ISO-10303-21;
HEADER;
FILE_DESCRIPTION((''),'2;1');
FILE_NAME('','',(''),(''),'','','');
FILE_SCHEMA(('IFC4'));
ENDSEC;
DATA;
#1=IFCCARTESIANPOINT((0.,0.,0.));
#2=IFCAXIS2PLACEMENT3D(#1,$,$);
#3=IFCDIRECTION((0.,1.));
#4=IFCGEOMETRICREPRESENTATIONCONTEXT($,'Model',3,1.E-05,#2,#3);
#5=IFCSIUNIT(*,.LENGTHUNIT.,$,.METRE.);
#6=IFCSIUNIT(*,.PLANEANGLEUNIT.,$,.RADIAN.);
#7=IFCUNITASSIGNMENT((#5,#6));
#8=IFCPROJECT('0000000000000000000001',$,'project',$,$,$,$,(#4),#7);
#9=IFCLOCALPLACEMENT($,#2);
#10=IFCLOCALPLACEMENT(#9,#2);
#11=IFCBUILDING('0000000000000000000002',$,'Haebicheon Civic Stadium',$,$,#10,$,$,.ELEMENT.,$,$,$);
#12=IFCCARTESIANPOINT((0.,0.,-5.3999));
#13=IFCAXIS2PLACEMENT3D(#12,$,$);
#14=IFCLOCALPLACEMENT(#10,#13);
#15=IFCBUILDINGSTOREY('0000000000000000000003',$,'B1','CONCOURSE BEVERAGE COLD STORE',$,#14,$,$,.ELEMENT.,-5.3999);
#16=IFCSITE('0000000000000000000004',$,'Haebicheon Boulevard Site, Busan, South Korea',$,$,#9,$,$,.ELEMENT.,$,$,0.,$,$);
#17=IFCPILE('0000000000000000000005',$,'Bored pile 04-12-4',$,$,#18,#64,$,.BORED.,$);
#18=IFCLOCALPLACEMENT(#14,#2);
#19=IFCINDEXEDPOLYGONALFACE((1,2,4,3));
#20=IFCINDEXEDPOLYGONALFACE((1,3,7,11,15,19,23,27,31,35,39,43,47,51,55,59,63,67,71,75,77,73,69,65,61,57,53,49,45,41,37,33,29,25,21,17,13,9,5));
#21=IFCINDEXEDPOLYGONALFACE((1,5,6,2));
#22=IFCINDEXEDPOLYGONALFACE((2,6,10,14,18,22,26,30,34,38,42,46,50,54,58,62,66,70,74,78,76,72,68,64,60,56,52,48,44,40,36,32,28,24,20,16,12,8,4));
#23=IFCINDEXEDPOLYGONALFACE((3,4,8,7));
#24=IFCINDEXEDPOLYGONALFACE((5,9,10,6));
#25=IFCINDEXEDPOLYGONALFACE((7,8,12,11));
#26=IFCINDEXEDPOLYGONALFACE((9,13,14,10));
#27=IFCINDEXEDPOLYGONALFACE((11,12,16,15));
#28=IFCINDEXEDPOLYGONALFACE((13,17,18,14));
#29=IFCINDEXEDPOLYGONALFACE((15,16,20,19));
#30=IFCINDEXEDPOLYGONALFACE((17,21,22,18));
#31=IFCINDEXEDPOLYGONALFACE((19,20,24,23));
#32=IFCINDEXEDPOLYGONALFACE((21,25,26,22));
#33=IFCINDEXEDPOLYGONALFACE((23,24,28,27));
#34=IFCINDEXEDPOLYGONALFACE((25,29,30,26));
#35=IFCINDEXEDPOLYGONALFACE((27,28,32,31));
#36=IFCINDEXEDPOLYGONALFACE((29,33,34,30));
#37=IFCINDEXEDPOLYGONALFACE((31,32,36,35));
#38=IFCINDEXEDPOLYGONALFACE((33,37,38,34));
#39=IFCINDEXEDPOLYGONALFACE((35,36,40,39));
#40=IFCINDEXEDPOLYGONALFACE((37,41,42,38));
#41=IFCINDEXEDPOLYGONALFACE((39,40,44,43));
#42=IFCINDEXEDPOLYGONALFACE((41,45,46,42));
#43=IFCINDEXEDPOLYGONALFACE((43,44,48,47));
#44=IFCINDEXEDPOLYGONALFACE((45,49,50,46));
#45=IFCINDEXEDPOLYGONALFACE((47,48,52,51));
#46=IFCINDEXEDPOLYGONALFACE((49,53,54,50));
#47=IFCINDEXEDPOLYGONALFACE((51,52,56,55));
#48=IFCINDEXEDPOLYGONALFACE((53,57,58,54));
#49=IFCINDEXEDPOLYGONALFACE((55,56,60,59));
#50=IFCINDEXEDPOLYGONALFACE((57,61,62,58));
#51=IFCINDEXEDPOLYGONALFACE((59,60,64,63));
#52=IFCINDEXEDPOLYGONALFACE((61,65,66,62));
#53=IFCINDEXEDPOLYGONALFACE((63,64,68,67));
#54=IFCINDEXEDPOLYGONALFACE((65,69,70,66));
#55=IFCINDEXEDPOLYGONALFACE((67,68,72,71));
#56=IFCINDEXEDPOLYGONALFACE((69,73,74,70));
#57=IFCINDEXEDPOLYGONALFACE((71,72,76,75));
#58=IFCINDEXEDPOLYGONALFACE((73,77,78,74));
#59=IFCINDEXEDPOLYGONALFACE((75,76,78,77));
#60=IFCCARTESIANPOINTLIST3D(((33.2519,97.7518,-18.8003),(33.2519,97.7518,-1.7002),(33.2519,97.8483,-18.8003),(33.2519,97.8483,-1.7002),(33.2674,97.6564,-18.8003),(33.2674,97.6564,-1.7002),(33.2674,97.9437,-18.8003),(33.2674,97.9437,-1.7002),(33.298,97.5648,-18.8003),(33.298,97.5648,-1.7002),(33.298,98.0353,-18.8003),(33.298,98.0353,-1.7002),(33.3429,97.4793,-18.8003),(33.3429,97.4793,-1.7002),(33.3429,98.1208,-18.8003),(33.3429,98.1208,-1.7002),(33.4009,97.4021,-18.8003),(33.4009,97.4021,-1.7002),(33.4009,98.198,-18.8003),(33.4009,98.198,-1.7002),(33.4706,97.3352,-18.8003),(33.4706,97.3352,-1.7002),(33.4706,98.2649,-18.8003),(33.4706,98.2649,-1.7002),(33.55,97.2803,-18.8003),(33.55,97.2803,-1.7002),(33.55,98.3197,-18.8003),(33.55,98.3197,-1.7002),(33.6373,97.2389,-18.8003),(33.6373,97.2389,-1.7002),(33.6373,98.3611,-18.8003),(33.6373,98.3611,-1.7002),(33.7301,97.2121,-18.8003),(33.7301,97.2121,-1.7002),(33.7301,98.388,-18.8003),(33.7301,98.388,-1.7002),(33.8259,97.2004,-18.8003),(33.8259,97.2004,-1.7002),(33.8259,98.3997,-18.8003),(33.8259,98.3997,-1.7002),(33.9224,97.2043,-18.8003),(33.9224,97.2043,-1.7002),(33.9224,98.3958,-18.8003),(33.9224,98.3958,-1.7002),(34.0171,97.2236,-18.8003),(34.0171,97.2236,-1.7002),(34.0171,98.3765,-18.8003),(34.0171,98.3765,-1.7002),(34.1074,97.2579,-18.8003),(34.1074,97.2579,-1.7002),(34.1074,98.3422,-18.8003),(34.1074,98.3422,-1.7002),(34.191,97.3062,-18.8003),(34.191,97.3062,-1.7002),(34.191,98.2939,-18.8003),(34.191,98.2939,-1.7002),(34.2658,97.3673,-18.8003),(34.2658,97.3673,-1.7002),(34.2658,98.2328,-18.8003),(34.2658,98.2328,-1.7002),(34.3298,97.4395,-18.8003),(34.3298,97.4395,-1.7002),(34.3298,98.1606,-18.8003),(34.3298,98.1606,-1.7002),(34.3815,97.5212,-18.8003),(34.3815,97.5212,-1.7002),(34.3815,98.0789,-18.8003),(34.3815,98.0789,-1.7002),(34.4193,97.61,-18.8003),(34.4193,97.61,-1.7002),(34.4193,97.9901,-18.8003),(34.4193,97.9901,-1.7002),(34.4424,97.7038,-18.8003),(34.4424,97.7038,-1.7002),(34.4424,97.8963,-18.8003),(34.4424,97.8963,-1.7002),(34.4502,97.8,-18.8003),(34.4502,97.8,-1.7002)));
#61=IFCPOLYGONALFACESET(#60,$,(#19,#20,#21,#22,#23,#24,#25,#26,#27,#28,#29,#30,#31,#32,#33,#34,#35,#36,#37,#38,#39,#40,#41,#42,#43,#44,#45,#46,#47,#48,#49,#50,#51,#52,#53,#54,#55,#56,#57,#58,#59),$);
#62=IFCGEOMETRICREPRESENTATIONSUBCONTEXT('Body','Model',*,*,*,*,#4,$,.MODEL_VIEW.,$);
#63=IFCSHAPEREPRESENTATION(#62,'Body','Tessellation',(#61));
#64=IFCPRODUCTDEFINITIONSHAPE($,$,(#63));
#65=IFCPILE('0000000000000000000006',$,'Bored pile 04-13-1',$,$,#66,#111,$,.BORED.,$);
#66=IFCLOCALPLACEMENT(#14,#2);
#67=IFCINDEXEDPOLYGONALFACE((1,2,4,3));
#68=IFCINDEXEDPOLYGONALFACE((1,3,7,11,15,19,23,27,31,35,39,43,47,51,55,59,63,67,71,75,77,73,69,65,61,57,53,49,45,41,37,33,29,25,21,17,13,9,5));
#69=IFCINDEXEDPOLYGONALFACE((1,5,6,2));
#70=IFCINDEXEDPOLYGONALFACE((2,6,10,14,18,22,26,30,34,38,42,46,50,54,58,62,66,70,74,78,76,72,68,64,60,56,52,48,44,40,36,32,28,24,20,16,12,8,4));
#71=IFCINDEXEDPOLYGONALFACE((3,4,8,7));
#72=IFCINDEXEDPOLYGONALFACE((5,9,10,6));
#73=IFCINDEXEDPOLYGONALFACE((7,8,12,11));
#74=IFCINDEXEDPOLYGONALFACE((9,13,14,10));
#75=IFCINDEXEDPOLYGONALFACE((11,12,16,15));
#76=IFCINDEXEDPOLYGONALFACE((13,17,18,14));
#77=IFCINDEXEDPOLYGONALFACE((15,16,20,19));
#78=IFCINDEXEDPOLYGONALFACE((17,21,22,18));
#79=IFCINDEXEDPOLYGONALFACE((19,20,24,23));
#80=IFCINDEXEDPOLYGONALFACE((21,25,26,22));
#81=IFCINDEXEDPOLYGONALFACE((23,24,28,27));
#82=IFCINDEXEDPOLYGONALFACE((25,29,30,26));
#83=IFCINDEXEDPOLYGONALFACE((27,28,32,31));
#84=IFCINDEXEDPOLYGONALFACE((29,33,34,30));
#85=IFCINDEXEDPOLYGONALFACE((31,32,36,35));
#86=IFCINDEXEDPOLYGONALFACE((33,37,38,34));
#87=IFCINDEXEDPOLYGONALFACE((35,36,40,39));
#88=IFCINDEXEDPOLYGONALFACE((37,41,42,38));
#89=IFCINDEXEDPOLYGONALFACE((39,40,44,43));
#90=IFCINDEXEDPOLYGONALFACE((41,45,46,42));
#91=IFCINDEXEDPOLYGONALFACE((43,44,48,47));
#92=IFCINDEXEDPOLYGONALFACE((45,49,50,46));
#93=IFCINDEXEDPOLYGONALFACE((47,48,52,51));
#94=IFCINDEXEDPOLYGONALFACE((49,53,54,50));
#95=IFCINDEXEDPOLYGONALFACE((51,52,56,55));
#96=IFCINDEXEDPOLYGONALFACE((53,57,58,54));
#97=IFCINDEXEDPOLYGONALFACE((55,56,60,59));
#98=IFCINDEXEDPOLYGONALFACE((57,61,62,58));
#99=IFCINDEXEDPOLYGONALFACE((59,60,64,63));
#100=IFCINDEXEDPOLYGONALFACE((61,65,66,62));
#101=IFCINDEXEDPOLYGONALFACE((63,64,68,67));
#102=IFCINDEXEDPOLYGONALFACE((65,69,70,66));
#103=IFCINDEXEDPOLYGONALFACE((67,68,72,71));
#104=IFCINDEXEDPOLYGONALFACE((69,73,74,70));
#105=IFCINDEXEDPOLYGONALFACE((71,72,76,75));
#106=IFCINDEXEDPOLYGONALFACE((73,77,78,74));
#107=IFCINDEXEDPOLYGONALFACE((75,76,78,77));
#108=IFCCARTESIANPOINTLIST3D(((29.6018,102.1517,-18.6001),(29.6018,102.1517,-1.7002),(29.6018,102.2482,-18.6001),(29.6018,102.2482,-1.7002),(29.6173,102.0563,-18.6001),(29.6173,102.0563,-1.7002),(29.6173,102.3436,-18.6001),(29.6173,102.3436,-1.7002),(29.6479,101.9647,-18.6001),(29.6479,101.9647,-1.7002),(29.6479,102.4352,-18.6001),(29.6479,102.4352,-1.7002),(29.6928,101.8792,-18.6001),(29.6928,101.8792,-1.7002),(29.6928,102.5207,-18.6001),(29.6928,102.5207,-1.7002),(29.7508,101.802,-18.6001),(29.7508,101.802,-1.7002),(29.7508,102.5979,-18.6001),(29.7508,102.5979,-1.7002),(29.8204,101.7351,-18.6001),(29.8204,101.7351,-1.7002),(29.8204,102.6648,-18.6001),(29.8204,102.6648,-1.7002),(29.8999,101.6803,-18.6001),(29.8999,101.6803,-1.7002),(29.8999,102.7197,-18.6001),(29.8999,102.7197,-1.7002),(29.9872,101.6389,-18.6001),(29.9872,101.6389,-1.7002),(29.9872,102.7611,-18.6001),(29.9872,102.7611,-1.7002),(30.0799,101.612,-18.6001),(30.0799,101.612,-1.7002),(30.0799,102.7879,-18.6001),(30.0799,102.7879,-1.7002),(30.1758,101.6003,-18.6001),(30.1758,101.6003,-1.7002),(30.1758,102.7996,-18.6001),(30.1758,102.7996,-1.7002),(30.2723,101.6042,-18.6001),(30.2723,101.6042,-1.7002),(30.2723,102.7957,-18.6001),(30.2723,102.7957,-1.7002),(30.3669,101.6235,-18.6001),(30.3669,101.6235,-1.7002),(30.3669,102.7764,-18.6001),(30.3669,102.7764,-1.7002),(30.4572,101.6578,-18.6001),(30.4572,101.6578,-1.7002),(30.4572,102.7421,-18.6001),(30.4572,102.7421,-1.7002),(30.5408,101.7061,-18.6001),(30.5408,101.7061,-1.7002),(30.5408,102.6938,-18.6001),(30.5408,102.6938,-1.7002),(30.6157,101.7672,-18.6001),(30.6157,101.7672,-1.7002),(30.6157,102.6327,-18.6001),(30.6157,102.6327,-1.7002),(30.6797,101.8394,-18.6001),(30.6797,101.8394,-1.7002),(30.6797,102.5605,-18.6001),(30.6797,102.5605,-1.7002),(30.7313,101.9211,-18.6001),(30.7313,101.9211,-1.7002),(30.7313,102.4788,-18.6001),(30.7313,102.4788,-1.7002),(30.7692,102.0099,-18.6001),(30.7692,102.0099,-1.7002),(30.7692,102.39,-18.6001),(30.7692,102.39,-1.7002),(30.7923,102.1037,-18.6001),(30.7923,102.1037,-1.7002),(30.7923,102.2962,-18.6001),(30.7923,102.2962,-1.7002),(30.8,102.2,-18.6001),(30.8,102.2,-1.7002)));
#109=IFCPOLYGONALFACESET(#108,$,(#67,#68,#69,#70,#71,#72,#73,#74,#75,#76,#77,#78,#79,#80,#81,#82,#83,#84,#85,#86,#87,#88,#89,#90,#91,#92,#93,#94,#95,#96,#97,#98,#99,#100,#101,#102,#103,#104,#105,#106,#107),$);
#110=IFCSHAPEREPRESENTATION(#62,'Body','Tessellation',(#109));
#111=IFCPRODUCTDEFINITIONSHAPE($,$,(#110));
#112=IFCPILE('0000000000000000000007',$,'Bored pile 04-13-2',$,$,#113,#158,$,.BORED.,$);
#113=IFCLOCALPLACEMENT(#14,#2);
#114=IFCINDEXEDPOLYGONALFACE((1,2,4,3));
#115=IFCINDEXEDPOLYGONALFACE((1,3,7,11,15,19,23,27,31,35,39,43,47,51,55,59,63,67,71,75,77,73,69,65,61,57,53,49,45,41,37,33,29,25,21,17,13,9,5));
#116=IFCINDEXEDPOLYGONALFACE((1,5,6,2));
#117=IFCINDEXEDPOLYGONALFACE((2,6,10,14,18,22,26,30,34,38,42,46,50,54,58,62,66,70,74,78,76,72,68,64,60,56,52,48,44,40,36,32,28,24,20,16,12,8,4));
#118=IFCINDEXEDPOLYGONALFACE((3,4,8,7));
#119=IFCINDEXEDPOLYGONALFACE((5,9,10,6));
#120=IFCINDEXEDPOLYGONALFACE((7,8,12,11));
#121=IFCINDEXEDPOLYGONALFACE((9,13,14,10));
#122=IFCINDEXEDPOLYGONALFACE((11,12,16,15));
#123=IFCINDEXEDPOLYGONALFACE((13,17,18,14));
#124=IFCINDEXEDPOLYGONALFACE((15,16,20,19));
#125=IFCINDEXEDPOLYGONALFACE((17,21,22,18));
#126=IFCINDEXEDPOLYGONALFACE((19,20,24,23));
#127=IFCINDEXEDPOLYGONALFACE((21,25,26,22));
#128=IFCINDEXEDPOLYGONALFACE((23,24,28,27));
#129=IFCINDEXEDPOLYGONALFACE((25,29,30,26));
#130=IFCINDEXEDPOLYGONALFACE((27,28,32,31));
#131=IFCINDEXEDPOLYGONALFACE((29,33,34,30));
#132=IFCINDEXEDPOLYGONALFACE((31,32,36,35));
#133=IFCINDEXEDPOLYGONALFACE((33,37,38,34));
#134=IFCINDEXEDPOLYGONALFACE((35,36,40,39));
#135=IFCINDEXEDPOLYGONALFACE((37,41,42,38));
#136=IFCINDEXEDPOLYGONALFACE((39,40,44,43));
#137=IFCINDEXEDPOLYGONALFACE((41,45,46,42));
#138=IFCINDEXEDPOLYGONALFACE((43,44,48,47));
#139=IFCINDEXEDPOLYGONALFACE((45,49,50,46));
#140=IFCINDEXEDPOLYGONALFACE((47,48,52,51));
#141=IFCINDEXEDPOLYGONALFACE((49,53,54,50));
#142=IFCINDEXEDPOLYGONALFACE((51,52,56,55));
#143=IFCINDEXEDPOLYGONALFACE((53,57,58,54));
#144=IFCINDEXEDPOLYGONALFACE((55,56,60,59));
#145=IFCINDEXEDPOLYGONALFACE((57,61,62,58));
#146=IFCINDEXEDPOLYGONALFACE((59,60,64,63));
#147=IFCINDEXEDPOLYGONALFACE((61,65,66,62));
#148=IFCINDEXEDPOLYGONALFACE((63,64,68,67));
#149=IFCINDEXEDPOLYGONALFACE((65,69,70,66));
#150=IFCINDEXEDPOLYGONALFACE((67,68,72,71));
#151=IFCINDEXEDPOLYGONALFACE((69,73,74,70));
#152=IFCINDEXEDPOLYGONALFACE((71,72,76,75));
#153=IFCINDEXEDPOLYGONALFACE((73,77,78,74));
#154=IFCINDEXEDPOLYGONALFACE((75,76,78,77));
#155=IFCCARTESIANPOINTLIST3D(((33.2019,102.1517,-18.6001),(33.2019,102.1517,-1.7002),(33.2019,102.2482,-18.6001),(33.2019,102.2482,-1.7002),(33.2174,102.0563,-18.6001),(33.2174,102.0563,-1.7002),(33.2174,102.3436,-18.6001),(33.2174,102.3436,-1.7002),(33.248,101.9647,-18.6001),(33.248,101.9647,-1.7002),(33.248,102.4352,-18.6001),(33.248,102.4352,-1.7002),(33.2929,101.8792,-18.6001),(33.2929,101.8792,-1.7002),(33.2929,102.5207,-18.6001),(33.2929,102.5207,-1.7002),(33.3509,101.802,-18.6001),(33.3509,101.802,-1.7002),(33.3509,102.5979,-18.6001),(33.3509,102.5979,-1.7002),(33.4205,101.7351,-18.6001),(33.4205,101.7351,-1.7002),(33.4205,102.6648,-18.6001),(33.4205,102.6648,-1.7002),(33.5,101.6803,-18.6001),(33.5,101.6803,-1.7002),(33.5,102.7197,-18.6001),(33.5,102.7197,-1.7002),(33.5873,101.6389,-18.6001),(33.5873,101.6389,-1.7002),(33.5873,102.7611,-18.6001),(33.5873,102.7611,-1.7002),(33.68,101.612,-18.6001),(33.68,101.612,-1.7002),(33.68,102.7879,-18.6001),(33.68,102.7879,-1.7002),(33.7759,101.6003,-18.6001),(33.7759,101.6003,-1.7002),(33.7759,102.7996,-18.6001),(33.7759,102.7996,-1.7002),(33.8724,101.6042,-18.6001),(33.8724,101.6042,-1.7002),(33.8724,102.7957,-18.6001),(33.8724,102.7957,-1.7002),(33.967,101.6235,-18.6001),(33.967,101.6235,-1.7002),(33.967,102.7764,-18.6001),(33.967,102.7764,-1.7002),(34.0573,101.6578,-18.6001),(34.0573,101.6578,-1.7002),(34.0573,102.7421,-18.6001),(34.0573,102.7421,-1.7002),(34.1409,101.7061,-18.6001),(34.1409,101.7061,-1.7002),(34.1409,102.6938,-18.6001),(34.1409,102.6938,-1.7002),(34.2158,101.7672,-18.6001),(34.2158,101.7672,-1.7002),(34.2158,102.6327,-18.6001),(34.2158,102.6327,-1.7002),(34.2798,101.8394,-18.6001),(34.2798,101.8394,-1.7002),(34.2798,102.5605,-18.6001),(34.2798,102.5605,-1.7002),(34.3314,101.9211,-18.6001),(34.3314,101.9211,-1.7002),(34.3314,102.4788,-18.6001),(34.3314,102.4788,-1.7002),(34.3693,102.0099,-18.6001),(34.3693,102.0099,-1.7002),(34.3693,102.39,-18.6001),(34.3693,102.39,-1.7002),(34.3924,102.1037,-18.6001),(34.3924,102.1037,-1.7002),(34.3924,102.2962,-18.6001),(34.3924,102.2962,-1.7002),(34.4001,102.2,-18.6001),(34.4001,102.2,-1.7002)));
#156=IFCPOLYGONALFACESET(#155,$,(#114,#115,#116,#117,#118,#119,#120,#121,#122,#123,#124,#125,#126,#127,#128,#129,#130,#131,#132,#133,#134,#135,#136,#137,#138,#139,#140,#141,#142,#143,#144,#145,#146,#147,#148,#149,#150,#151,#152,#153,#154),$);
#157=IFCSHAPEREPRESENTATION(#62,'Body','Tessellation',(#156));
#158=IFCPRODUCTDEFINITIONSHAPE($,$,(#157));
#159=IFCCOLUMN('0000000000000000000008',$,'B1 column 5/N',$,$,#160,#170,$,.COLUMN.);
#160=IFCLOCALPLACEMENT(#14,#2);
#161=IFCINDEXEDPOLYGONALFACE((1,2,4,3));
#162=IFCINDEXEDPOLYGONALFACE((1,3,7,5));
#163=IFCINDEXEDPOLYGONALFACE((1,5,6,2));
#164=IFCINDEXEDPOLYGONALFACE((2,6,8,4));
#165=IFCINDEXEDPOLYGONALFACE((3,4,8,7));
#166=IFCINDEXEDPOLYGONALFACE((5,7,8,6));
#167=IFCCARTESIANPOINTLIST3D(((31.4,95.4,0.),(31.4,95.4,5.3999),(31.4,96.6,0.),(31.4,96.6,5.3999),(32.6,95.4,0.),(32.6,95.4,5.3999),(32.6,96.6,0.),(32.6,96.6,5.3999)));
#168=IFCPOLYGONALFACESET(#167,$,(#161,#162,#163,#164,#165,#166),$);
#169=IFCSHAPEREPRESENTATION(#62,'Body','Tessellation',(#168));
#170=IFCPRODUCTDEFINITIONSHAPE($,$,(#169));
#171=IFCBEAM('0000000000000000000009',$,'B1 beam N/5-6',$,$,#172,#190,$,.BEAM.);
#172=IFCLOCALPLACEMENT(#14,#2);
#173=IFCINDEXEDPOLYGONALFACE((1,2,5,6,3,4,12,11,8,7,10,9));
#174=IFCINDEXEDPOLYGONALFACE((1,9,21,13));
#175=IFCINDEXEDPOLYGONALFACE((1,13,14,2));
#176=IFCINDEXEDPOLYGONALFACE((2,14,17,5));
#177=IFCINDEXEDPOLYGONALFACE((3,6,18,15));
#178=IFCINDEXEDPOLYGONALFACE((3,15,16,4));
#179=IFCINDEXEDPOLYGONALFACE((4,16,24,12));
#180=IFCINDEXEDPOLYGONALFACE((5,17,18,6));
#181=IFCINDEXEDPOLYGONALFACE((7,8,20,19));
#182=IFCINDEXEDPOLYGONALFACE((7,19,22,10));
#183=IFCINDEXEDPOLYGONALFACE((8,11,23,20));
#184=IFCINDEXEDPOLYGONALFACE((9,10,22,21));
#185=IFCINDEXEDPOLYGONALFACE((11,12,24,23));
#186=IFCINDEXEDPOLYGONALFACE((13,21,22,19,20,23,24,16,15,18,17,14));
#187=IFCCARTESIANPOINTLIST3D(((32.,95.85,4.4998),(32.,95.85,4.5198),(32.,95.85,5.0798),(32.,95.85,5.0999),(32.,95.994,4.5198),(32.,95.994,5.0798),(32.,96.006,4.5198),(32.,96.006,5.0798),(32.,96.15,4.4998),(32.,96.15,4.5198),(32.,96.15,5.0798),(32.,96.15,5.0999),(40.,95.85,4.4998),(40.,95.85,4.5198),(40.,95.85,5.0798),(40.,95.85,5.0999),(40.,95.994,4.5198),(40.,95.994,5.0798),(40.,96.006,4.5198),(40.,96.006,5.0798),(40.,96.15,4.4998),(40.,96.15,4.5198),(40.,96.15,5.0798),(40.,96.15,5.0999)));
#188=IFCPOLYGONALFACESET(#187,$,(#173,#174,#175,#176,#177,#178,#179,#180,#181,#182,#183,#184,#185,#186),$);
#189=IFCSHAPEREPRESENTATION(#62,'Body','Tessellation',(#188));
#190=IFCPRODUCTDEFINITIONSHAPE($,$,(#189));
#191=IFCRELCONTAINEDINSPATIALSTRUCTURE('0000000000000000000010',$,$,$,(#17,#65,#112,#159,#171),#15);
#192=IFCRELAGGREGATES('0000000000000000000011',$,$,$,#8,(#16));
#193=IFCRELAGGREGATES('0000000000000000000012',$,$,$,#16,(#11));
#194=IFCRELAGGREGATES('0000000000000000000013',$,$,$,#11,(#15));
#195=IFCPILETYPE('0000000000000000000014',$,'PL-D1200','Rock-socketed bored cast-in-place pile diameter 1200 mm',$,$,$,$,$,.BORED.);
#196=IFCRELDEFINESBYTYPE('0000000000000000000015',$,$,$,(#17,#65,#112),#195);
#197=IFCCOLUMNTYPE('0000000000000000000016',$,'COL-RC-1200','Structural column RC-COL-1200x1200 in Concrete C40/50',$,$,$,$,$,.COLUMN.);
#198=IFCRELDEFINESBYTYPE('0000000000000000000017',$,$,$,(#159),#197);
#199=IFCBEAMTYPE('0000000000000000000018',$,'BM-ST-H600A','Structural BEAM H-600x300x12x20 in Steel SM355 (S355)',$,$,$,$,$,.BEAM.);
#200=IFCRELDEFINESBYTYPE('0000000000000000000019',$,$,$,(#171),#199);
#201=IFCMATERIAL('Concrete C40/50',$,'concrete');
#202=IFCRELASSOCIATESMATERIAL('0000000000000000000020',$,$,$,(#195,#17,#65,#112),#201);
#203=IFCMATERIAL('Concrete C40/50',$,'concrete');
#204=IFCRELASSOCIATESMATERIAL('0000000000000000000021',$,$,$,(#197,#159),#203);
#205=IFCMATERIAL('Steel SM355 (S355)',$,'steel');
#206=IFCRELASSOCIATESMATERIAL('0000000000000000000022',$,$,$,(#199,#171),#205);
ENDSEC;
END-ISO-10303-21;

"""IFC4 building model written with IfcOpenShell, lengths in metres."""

from ifc_helpers import new_model, si_unit, direction, frame, origin, origin_2d, place, context, subcontext, project, spatial, rectangle, circle, i_section, extrude, material, material_profile, profile_set, type_object, element, save


model = new_model("IFC4")

# Units and contexts
model_context = context("Model", 3, precision=1e-05, world=origin(), true_north=direction((0.0, 1.0)))
body_context = subcontext(model_context, "Body", "Model", "MODEL_VIEW")
ifc_project = project(units=[si_unit("LENGTHUNIT", "METRE"), si_unit("PLANEANGLEUNIT", "RADIAN")], contexts=[model_context])

# Site, building, storey
site_placement = place(None, origin())
site = spatial("IfcSite", under=ifc_project, at=site_placement, Name="Haebicheon Boulevard Site, Busan, South Korea", CompositionType="ELEMENT", RefElevation=0.0)
building_placement = place(site_placement, origin())
building = spatial("IfcBuilding", under=site, at=building_placement, Name="Haebicheon Civic Stadium", CompositionType="ELEMENT")
storey_placement = place(building_placement, frame((0.0, 0.0, -5.3999)))
storey = spatial("IfcBuildingStorey", under=building, at=storey_placement, Name="B1", Description="CONCOURSE BEVERAGE COLD STORE", CompositionType="ELEMENT", Elevation=-5.3999)

# Piles
ifc_material_1 = material(Name="Concrete C40/50", Category="concrete")
ifc_material_profile_1 = material_profile(ifc_material_1, circle(Radius=0.6001, at=origin_2d()), Name="PILE-D1200")
ifc_profile_set_1 = profile_set([ifc_material_profile_1], Name="Concrete C40/50")
pile_type = type_object("IfcPileType", Name="PL-D1200", Description="Rock-socketed bored cast-in-place pile diameter 1200 mm", PredefinedType="BORED", material=ifc_profile_set_1)
for number, where, z_axis, x_axis, name in (
    (1, (33.8501, 97.8, -1.7002), (0.0, 0.0, -1.0), (1.0, 0.0, 0.0), "Bored pile 04-12-4"),
):
    element("IfcPile", number, at=place(storey_placement, frame(where, z_axis=z_axis, x_axis=x_axis)), inside=storey, type_object=pile_type, material=ifc_profile_set_1, Name=name, PredefinedType="BORED", context=body_context, shape_type="SweptSolid", body=[
        extrude(circle(Radius=0.6001, at=origin_2d()), origin(), (0.0, 0.0, 1.0), 17.1001),
    ])
for number, where, z_axis, x_axis, name in (
    (2, (30.2, 102.2, -1.7002), (0.0, 0.0, -1.0), (1.0, 0.0, 0.0), "Bored pile 04-13-1"),
    (3, (33.8, 102.2, -1.7002), (0.0, 0.0, -1.0), (1.0, 0.0, 0.0), "Bored pile 04-13-2"),
):
    element("IfcPile", number, at=place(storey_placement, frame(where, z_axis=z_axis, x_axis=x_axis)), inside=storey, type_object=pile_type, material=ifc_profile_set_1, Name=name, PredefinedType="BORED", context=body_context, shape_type="SweptSolid", body=[
        extrude(circle(Radius=0.6001, at=origin_2d()), origin(), (0.0, 0.0, 1.0), 16.8999),
    ])

# Column
ifc_material_2 = material(Name="Concrete C40/50", Category="concrete")
ifc_material_profile_2 = material_profile(ifc_material_2, rectangle(XDim=1.2, YDim=1.2, at=origin_2d()), Name="RC-COL-1200x1200")
ifc_profile_set_2 = profile_set([ifc_material_profile_2], Name="Concrete C40/50")
column_type = type_object("IfcColumnType", Name="COL-RC-1200", Description="Structural column RC-COL-1200x1200 in Concrete C40/50", PredefinedType="COLUMN", material=ifc_profile_set_2)
column_placement = place(storey_placement, frame((32.0, 96.0, 0.0), z_axis=(0.0, 0.0, 1.0), x_axis=(1.0, 0.0, 0.0)))
element("IfcColumn", 4, at=column_placement, inside=storey, type_object=column_type, material=ifc_profile_set_2, Name="B1 column 5/N", PredefinedType="COLUMN", context=body_context, shape_type="SweptSolid", body=[
    extrude(rectangle(XDim=1.2, YDim=1.2, at=origin_2d()), origin(), (0.0, 0.0, 1.0), 5.3999),
])

# Beam
ifc_material_3 = material(Name="Steel SM355 (S355)", Category="steel")
ifc_material_profile_3 = material_profile(ifc_material_3, i_section(OverallWidth=0.3, OverallDepth=0.6001, WebThickness=0.012, FlangeThickness=0.02, at=origin_2d()), Name="H-600x300x12x20")
ifc_profile_set_3 = profile_set([ifc_material_profile_3], Name="Steel SM355 (S355)")
beam_type_1 = type_object("IfcBeamType", Name="BM-ST-H600A", Description="Structural BEAM H-600x300x12x20 in Steel SM355 (S355)", PredefinedType="BEAM", material=ifc_profile_set_3)
beam_1_placement = place(storey_placement, frame((32.0, 96.0, 4.7998), z_axis=(1.0, 0.0, 0.0), x_axis=(0.0, 1.0, 0.0)))
element("IfcBeam", 5, at=beam_1_placement, inside=storey, type_object=beam_type_1, material=ifc_profile_set_3, Name="B1 beam N/5-6", PredefinedType="BEAM", context=body_context, shape_type="SweptSolid", body=[
    extrude(i_section(OverallWidth=0.3, OverallDepth=0.6001, WebThickness=0.012, FlangeThickness=0.02, at=origin_2d()), origin(), (0.0, 0.0, 1.0), 8.0),
])

save(model, "model.ifc")
